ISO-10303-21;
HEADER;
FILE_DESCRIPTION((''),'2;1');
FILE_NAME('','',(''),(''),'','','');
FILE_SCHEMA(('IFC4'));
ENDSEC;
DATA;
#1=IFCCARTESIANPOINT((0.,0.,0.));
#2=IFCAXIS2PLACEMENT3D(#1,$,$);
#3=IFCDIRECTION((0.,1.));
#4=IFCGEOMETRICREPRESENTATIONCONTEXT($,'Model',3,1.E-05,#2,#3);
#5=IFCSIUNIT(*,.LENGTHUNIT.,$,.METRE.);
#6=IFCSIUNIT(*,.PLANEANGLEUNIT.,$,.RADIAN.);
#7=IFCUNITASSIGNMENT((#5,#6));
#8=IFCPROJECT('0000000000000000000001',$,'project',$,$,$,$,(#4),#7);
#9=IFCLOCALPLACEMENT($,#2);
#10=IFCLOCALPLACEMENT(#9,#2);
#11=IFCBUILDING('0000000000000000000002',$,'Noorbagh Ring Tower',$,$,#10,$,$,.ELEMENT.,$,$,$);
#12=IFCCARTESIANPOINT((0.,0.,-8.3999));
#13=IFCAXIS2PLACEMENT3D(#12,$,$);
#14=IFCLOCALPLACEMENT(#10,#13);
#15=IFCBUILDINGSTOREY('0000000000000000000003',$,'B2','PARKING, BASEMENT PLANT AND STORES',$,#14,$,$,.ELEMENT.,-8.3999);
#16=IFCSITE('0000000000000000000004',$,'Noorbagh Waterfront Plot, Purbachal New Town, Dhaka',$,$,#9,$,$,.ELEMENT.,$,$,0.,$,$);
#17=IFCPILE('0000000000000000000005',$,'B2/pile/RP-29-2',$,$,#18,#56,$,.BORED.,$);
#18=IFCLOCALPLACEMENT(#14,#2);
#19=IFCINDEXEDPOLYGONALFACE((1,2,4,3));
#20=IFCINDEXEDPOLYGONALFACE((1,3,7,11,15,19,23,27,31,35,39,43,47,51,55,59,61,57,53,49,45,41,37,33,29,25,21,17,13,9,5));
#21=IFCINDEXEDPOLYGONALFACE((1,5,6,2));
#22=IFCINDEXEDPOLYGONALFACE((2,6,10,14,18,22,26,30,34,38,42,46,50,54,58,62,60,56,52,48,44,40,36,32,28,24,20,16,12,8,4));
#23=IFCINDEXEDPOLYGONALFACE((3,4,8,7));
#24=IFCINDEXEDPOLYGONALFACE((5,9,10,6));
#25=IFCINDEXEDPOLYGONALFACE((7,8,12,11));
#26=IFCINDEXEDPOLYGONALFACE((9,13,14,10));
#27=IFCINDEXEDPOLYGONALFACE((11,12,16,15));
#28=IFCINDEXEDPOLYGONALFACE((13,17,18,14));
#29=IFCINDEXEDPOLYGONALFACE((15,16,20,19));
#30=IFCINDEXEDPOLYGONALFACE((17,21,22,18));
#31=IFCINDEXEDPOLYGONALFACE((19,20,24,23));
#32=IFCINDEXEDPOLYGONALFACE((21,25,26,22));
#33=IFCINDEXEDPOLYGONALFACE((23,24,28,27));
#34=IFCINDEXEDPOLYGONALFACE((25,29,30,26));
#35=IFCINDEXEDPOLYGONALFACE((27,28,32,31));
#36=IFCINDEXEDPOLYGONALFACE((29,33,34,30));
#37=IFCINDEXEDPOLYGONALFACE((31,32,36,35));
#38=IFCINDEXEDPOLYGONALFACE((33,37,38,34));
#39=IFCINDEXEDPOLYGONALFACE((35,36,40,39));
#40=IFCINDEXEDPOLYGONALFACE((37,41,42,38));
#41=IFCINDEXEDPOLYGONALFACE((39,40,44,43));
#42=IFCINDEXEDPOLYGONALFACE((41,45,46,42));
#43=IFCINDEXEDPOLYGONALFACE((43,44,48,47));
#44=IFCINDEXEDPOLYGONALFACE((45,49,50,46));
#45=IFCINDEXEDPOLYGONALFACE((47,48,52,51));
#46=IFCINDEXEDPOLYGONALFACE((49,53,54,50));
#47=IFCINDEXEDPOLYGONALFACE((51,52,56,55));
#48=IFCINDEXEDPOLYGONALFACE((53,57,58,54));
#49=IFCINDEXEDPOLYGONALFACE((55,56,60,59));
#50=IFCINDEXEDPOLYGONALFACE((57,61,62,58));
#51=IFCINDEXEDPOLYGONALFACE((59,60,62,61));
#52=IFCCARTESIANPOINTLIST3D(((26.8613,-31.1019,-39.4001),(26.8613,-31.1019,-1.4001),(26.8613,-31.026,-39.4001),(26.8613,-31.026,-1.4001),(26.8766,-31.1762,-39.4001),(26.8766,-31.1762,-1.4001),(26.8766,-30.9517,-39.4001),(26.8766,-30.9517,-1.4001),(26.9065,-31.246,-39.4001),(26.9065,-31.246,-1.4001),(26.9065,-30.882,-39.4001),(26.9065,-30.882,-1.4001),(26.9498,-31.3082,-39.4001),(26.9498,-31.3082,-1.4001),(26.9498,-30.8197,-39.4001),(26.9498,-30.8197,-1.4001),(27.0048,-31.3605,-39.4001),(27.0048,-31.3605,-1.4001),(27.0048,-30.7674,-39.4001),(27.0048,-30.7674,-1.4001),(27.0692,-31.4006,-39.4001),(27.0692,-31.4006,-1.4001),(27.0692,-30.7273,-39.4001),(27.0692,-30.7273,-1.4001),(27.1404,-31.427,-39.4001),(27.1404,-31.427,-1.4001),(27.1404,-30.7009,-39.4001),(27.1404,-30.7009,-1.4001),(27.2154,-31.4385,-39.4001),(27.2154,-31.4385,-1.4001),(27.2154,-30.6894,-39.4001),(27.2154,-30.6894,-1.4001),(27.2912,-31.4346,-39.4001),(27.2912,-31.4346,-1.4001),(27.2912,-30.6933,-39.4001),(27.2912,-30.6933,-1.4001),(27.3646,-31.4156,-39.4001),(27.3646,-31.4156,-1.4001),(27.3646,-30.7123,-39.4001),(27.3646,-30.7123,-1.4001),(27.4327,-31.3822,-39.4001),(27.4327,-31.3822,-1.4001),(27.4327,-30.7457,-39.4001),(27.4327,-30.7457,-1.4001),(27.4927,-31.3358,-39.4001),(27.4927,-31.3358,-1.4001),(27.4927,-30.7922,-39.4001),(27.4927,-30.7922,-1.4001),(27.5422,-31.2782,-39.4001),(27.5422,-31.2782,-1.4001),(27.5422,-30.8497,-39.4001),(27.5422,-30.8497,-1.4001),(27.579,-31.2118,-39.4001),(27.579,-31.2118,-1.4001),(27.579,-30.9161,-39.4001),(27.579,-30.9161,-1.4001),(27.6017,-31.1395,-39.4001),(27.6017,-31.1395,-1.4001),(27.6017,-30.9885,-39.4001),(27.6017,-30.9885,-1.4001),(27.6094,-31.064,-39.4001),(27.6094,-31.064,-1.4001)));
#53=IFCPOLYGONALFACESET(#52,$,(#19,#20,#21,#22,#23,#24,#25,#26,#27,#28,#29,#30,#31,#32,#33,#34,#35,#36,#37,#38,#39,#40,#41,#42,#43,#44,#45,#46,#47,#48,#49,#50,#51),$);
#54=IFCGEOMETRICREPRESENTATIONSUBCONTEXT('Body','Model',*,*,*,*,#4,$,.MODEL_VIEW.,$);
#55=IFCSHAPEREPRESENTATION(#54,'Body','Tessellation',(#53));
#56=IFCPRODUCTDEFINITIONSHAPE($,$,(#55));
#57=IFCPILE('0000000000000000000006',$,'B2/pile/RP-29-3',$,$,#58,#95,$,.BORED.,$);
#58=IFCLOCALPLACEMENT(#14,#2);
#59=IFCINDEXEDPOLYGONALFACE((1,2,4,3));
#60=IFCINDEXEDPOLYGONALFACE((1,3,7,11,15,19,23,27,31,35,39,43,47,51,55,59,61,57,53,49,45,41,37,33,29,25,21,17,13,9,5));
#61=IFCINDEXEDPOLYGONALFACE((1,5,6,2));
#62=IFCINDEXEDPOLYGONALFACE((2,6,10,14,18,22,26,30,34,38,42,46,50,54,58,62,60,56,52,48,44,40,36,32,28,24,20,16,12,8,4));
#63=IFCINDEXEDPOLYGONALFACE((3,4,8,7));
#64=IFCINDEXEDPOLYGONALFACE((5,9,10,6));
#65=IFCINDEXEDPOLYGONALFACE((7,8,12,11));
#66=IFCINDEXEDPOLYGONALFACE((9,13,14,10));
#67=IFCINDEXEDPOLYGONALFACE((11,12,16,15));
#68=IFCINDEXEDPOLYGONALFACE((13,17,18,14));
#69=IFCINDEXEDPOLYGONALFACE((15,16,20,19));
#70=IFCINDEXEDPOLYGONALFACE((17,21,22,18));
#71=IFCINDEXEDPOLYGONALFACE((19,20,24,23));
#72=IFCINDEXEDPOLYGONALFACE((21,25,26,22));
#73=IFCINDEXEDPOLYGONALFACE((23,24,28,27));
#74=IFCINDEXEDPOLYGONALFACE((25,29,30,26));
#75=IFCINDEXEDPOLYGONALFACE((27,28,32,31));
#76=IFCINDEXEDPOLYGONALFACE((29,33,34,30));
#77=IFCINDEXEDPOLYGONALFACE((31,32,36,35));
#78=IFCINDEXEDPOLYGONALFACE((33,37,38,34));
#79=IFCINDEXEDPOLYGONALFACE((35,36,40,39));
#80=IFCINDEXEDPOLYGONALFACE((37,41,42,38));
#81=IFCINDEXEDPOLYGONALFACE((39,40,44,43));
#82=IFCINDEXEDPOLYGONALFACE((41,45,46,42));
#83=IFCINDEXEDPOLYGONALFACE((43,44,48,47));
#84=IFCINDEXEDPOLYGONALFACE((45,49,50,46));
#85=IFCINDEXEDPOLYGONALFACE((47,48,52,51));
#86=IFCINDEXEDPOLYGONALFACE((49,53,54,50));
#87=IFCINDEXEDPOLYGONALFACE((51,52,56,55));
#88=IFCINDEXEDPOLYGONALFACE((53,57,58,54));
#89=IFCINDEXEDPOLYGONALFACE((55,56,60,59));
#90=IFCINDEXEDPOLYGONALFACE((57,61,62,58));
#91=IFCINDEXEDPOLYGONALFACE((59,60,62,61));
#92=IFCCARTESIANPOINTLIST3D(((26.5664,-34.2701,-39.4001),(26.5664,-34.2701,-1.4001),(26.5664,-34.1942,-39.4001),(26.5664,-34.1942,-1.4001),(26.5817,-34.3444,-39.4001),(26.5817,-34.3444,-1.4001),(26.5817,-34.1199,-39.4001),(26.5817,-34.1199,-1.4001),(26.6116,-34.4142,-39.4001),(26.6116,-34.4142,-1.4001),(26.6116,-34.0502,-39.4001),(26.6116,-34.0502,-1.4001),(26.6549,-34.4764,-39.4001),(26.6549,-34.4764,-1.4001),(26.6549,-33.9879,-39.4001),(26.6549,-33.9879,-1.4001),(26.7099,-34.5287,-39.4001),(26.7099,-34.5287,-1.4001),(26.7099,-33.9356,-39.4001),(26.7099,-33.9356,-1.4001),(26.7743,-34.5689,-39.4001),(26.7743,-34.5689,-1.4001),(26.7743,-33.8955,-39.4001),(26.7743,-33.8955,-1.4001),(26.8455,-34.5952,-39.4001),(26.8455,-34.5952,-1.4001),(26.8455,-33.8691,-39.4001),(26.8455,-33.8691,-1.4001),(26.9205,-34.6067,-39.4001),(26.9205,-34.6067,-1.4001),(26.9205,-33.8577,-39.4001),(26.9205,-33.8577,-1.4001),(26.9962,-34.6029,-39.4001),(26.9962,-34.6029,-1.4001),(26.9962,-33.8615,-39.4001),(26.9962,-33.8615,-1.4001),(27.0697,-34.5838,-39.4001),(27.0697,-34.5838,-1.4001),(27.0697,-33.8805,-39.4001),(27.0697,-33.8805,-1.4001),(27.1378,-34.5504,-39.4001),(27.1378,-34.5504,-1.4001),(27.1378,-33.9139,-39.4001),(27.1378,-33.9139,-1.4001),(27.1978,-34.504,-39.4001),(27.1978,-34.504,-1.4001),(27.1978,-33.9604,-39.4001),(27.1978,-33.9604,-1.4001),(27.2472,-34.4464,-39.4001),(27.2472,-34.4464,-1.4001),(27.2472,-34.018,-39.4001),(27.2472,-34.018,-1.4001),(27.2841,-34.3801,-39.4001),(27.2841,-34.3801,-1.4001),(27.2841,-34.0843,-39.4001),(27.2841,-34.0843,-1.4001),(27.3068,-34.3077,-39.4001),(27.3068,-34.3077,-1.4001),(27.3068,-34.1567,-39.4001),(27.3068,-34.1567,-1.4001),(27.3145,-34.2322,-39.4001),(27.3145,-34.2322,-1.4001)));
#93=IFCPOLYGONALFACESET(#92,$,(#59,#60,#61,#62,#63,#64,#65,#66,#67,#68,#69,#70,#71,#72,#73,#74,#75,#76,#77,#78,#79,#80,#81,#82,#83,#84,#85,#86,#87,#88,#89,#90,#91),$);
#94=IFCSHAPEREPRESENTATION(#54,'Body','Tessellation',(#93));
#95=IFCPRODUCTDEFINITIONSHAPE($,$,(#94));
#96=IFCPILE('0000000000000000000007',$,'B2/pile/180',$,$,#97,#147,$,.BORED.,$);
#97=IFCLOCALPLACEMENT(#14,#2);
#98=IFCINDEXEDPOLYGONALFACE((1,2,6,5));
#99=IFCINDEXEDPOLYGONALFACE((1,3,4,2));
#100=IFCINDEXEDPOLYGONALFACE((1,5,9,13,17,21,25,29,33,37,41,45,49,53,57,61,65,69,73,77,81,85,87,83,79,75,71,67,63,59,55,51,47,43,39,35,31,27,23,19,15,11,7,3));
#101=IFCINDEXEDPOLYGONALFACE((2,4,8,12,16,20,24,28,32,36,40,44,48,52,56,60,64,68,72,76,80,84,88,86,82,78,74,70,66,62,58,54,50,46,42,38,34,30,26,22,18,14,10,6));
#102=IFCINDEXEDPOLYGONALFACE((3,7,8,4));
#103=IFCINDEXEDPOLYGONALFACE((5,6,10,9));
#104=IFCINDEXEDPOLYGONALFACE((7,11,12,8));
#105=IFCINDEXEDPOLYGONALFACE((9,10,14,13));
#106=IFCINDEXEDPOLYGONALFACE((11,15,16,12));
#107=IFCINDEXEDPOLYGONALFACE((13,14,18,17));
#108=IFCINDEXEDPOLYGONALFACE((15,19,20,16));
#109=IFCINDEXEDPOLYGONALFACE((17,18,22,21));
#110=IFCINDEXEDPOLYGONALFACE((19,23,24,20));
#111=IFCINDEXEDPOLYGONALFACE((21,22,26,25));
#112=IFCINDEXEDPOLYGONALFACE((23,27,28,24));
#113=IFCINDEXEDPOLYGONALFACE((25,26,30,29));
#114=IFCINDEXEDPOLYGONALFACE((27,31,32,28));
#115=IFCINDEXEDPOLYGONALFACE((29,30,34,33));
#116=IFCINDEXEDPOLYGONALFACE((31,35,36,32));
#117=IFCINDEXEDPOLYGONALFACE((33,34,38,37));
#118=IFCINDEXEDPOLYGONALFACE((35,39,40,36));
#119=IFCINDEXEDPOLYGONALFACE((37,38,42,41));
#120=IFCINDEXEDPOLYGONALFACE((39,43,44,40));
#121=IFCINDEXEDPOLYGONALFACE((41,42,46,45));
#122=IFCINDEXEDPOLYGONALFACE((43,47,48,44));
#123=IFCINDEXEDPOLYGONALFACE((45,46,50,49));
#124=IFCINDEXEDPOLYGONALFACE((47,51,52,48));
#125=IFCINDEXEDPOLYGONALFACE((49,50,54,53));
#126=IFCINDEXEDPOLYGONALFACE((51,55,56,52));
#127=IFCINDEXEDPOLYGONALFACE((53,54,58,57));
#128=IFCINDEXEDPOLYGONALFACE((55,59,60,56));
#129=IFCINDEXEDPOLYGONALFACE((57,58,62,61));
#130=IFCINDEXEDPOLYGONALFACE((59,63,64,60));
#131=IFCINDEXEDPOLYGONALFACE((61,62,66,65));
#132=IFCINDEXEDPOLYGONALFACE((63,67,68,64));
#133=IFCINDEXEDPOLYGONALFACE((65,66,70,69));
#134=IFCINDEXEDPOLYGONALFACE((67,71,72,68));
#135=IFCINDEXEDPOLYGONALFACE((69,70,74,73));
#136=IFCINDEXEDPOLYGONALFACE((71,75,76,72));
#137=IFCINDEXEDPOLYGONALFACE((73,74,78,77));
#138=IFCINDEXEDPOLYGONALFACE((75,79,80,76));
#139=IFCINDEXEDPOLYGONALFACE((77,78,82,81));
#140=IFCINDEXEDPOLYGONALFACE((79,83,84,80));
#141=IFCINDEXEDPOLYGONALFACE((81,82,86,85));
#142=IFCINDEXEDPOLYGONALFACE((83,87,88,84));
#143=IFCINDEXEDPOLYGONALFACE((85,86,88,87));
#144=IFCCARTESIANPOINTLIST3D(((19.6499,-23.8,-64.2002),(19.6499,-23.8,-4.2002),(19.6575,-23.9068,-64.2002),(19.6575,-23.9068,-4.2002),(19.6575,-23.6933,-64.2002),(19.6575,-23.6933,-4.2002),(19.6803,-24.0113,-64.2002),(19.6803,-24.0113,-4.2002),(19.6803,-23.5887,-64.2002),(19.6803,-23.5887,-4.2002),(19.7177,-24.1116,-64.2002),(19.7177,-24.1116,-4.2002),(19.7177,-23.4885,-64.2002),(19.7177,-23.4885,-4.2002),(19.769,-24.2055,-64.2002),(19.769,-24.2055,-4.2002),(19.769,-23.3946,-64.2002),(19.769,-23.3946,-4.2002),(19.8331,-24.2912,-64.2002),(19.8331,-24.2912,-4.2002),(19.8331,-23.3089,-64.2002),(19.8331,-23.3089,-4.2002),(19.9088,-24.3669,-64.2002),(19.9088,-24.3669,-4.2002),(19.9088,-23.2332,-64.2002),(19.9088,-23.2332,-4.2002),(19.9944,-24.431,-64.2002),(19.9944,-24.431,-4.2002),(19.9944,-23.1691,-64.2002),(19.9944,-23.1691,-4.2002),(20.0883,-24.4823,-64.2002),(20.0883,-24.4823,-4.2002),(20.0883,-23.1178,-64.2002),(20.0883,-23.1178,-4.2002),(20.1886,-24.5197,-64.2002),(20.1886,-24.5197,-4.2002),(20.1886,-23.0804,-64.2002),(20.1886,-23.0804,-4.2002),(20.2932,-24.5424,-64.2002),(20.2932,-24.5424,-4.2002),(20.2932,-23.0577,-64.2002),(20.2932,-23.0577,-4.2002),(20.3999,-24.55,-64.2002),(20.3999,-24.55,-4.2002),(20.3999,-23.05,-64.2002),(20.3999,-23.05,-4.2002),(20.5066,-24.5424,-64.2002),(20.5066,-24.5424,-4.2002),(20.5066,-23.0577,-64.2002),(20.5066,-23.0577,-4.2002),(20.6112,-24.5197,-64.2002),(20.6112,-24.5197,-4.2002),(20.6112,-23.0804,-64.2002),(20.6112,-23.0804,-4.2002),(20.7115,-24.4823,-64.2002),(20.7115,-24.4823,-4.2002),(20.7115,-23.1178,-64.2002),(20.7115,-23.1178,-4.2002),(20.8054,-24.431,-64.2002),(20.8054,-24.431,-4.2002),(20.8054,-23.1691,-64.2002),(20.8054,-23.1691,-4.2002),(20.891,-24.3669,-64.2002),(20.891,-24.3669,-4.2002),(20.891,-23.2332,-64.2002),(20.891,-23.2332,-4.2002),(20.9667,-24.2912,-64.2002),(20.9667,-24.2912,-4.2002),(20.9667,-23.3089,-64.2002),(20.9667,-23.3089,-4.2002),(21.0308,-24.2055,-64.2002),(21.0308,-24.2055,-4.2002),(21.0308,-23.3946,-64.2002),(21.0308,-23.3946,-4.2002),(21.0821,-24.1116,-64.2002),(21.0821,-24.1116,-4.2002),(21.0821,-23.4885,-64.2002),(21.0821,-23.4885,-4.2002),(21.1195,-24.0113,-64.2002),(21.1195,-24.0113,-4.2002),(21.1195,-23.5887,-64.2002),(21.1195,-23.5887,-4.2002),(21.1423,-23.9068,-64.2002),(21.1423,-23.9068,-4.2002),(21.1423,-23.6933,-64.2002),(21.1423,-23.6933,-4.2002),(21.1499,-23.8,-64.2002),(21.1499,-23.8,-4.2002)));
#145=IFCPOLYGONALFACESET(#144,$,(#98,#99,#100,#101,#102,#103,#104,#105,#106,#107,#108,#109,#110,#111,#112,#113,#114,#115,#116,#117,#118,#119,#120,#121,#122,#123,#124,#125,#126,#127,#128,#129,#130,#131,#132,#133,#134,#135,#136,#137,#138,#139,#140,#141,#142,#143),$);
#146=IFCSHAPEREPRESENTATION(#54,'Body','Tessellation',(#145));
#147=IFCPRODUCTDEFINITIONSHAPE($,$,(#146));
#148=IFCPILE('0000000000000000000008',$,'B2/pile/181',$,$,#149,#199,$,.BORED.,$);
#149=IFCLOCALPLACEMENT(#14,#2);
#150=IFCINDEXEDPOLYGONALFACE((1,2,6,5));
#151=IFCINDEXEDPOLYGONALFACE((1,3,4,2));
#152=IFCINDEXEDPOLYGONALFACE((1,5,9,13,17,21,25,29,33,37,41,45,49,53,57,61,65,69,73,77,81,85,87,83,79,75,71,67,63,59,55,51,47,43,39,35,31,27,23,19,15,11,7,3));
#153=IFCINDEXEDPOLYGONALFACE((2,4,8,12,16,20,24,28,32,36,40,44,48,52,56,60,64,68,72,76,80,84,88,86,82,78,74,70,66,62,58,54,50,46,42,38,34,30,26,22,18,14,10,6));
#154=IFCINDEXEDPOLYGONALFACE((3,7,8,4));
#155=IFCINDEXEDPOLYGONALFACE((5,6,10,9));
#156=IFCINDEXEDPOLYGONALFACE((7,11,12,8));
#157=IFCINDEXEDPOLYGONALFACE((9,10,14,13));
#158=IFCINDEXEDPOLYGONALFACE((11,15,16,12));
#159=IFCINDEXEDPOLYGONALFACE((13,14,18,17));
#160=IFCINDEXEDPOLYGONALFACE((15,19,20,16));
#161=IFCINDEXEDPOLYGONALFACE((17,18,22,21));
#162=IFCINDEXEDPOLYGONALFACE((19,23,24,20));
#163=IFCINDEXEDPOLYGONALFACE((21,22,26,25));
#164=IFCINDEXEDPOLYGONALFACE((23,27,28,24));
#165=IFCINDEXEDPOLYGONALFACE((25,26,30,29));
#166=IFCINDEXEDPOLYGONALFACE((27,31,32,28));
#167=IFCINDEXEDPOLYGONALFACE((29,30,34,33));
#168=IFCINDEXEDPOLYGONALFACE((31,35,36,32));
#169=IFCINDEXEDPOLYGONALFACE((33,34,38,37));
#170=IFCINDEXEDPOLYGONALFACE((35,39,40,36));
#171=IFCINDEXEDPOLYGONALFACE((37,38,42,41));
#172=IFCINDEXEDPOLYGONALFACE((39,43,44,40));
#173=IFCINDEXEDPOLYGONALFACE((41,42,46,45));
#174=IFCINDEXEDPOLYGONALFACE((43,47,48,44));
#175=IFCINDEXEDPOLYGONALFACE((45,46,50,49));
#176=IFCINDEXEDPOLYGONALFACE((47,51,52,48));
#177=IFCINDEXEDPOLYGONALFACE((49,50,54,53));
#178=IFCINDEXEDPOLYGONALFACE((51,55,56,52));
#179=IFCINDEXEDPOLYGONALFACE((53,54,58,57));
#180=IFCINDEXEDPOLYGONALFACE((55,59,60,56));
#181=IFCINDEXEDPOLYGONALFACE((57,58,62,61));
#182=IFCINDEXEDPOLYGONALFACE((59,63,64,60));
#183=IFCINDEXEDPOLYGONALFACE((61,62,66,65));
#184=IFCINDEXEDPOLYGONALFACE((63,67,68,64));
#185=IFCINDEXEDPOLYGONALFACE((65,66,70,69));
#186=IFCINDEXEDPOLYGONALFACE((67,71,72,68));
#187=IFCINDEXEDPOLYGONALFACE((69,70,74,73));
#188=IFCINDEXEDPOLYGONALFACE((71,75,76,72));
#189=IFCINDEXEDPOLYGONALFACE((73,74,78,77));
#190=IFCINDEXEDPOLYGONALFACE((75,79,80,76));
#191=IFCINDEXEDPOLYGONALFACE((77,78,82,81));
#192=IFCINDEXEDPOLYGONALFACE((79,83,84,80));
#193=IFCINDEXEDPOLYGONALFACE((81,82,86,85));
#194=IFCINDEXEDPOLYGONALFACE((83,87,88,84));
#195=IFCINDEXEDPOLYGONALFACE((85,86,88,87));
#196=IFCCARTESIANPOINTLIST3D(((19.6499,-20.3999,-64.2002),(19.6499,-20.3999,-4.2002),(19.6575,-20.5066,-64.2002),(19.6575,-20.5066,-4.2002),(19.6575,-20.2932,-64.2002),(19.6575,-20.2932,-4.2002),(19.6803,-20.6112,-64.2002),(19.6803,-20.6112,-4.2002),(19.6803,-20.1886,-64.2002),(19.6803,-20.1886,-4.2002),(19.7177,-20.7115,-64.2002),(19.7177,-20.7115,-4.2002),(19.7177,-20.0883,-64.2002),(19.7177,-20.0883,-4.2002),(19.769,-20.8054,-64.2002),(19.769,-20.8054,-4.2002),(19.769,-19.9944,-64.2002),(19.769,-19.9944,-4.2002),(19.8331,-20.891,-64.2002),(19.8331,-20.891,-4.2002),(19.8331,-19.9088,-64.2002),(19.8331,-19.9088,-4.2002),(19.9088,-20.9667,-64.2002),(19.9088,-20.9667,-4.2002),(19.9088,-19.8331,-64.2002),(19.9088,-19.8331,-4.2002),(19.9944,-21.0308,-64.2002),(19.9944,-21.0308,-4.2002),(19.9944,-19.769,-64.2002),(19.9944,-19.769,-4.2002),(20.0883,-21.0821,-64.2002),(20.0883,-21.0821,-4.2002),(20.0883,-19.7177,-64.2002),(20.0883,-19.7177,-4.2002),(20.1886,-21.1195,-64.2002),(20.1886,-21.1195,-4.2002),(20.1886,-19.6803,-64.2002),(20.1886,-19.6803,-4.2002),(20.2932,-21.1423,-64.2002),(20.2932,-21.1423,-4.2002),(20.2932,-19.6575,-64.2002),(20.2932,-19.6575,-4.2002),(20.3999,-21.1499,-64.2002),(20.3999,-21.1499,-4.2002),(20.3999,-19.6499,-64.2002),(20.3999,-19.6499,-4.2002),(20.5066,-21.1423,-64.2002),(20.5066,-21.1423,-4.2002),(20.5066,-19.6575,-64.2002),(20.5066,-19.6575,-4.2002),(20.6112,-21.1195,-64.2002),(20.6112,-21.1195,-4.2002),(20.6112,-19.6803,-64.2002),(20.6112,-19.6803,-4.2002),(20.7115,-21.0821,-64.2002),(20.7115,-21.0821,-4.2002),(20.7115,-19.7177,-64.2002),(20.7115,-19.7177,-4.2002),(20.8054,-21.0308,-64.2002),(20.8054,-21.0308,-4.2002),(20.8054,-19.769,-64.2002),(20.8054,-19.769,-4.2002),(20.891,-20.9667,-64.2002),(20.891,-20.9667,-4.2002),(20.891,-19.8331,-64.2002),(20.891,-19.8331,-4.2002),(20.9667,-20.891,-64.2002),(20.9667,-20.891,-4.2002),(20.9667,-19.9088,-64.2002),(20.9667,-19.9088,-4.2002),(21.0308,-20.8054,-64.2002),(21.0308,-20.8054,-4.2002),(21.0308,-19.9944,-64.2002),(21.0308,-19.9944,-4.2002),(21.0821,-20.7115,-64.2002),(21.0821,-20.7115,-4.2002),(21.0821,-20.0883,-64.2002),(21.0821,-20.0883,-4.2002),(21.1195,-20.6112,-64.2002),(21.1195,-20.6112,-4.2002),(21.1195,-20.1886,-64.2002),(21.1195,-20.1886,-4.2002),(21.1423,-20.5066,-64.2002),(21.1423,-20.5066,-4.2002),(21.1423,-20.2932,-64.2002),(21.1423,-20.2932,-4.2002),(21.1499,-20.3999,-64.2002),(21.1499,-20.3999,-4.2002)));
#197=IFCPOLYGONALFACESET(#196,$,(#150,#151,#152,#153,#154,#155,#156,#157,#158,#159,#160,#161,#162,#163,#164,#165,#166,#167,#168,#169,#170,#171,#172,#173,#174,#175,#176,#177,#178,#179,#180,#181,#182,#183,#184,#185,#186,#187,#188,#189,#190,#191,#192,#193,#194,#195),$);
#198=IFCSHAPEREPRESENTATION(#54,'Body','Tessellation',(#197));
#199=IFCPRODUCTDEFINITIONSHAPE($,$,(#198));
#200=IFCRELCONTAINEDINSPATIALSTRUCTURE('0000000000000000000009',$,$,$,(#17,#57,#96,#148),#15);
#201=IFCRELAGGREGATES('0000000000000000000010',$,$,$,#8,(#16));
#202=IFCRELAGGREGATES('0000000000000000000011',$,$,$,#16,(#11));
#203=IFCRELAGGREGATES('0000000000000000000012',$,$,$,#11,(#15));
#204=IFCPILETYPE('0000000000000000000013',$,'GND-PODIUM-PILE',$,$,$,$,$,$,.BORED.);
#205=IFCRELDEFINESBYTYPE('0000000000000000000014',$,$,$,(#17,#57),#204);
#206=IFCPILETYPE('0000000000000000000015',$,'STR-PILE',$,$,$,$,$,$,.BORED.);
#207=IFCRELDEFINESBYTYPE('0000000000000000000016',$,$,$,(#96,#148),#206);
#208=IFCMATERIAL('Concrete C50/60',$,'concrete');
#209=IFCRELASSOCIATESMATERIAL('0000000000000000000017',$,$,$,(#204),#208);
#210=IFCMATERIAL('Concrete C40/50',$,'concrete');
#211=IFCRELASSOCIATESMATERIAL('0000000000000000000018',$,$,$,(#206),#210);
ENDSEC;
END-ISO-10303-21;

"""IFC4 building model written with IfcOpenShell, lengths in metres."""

from ifc_helpers import new_model, si_unit, direction, frame, origin, origin_2d, place, context, subcontext, project, spatial, circle, extrude, material, material_profile, profile_set, type_object, element, save


model = new_model("IFC4")

# Units and contexts
model_context = context("Model", 3, precision=1e-05, world=origin(), true_north=direction((0.0, 1.0)))
body_context = subcontext(model_context, "Body", "Model", "MODEL_VIEW")
ifc_project = project(units=[si_unit("LENGTHUNIT", "METRE"), si_unit("PLANEANGLEUNIT", "RADIAN")], contexts=[model_context])

# Site, building, storey
site_placement = place(None, origin())
site = spatial("IfcSite", under=ifc_project, at=site_placement, Name="Noorbagh Waterfront Plot, Purbachal New Town, Dhaka", CompositionType="ELEMENT", RefElevation=0.0)
building_placement = place(site_placement, origin())
building = spatial("IfcBuilding", under=site, at=building_placement, Name="Noorbagh Ring Tower", CompositionType="ELEMENT")
storey_placement = place(building_placement, frame((0.0, 0.0, -8.3999)))
storey = spatial("IfcBuildingStorey", under=building, at=storey_placement, Name="B2", Description="PARKING, BASEMENT PLANT AND STORES", CompositionType="ELEMENT", Elevation=-8.3999)

# Piles
ifc_material_1 = material(Name="Concrete C50/60", Category="concrete")
ifc_material_profile_1 = material_profile(ifc_material_1, circle(Radius=0.375, at=origin_2d()), Name="PILE750")
ifc_profile_set_1 = profile_set([ifc_material_profile_1], Name="Concrete C50/60")
pile_type_1 = type_object("IfcPileType", Name="GND-PODIUM-PILE", PredefinedType="BORED", material=ifc_profile_set_1)
for number, where, z_axis, x_axis, name in (
    (1, (27.2344, -31.064, -1.4001), (0.0, 0.0, -1.0), (1.0, 0.0, 0.0), "B2/pile/RP-29-2"),
    (2, (26.9395, -34.2322, -1.4001), (0.0, 0.0, -1.0), (1.0, 0.0, 0.0), "B2/pile/RP-29-3"),
):
    element("IfcPile", number, at=place(storey_placement, frame(where, z_axis=z_axis, x_axis=x_axis)), inside=storey, type_object=pile_type_1, Name=name, PredefinedType="BORED", context=body_context, shape_type="SweptSolid", body=[
        extrude(circle(Radius=0.375, at=origin_2d()), origin(), (0.0, 0.0, 1.0), 38.0),
    ])
ifc_material_2 = material(Name="Concrete C40/50", Category="concrete")
ifc_material_profile_2 = material_profile(ifc_material_2, circle(Radius=0.75, at=origin_2d()), Name="PILE1500")
ifc_profile_set_2 = profile_set([ifc_material_profile_2], Name="Concrete C40/50")
pile_type_2 = type_object("IfcPileType", Name="STR-PILE", PredefinedType="BORED", material=ifc_profile_set_2)
for number, where, z_axis, x_axis, name in (
    (3, (20.3999, -23.8, -4.2002), (0.0, 0.0, -1.0), (1.0, 0.0, 0.0), "B2/pile/180"),
    (4, (20.3999, -20.3999, -4.2002), (0.0, 0.0, -1.0), (1.0, 0.0, 0.0), "B2/pile/181"),
):
    element("IfcPile", number, at=place(storey_placement, frame(where, z_axis=z_axis, x_axis=x_axis)), inside=storey, type_object=pile_type_2, Name=name, PredefinedType="BORED", context=body_context, shape_type="SweptSolid", body=[
        extrude(circle(Radius=0.75, at=origin_2d()), origin(), (0.0, 0.0, 1.0), 60.0),
    ])

save(model, "model.ifc")
